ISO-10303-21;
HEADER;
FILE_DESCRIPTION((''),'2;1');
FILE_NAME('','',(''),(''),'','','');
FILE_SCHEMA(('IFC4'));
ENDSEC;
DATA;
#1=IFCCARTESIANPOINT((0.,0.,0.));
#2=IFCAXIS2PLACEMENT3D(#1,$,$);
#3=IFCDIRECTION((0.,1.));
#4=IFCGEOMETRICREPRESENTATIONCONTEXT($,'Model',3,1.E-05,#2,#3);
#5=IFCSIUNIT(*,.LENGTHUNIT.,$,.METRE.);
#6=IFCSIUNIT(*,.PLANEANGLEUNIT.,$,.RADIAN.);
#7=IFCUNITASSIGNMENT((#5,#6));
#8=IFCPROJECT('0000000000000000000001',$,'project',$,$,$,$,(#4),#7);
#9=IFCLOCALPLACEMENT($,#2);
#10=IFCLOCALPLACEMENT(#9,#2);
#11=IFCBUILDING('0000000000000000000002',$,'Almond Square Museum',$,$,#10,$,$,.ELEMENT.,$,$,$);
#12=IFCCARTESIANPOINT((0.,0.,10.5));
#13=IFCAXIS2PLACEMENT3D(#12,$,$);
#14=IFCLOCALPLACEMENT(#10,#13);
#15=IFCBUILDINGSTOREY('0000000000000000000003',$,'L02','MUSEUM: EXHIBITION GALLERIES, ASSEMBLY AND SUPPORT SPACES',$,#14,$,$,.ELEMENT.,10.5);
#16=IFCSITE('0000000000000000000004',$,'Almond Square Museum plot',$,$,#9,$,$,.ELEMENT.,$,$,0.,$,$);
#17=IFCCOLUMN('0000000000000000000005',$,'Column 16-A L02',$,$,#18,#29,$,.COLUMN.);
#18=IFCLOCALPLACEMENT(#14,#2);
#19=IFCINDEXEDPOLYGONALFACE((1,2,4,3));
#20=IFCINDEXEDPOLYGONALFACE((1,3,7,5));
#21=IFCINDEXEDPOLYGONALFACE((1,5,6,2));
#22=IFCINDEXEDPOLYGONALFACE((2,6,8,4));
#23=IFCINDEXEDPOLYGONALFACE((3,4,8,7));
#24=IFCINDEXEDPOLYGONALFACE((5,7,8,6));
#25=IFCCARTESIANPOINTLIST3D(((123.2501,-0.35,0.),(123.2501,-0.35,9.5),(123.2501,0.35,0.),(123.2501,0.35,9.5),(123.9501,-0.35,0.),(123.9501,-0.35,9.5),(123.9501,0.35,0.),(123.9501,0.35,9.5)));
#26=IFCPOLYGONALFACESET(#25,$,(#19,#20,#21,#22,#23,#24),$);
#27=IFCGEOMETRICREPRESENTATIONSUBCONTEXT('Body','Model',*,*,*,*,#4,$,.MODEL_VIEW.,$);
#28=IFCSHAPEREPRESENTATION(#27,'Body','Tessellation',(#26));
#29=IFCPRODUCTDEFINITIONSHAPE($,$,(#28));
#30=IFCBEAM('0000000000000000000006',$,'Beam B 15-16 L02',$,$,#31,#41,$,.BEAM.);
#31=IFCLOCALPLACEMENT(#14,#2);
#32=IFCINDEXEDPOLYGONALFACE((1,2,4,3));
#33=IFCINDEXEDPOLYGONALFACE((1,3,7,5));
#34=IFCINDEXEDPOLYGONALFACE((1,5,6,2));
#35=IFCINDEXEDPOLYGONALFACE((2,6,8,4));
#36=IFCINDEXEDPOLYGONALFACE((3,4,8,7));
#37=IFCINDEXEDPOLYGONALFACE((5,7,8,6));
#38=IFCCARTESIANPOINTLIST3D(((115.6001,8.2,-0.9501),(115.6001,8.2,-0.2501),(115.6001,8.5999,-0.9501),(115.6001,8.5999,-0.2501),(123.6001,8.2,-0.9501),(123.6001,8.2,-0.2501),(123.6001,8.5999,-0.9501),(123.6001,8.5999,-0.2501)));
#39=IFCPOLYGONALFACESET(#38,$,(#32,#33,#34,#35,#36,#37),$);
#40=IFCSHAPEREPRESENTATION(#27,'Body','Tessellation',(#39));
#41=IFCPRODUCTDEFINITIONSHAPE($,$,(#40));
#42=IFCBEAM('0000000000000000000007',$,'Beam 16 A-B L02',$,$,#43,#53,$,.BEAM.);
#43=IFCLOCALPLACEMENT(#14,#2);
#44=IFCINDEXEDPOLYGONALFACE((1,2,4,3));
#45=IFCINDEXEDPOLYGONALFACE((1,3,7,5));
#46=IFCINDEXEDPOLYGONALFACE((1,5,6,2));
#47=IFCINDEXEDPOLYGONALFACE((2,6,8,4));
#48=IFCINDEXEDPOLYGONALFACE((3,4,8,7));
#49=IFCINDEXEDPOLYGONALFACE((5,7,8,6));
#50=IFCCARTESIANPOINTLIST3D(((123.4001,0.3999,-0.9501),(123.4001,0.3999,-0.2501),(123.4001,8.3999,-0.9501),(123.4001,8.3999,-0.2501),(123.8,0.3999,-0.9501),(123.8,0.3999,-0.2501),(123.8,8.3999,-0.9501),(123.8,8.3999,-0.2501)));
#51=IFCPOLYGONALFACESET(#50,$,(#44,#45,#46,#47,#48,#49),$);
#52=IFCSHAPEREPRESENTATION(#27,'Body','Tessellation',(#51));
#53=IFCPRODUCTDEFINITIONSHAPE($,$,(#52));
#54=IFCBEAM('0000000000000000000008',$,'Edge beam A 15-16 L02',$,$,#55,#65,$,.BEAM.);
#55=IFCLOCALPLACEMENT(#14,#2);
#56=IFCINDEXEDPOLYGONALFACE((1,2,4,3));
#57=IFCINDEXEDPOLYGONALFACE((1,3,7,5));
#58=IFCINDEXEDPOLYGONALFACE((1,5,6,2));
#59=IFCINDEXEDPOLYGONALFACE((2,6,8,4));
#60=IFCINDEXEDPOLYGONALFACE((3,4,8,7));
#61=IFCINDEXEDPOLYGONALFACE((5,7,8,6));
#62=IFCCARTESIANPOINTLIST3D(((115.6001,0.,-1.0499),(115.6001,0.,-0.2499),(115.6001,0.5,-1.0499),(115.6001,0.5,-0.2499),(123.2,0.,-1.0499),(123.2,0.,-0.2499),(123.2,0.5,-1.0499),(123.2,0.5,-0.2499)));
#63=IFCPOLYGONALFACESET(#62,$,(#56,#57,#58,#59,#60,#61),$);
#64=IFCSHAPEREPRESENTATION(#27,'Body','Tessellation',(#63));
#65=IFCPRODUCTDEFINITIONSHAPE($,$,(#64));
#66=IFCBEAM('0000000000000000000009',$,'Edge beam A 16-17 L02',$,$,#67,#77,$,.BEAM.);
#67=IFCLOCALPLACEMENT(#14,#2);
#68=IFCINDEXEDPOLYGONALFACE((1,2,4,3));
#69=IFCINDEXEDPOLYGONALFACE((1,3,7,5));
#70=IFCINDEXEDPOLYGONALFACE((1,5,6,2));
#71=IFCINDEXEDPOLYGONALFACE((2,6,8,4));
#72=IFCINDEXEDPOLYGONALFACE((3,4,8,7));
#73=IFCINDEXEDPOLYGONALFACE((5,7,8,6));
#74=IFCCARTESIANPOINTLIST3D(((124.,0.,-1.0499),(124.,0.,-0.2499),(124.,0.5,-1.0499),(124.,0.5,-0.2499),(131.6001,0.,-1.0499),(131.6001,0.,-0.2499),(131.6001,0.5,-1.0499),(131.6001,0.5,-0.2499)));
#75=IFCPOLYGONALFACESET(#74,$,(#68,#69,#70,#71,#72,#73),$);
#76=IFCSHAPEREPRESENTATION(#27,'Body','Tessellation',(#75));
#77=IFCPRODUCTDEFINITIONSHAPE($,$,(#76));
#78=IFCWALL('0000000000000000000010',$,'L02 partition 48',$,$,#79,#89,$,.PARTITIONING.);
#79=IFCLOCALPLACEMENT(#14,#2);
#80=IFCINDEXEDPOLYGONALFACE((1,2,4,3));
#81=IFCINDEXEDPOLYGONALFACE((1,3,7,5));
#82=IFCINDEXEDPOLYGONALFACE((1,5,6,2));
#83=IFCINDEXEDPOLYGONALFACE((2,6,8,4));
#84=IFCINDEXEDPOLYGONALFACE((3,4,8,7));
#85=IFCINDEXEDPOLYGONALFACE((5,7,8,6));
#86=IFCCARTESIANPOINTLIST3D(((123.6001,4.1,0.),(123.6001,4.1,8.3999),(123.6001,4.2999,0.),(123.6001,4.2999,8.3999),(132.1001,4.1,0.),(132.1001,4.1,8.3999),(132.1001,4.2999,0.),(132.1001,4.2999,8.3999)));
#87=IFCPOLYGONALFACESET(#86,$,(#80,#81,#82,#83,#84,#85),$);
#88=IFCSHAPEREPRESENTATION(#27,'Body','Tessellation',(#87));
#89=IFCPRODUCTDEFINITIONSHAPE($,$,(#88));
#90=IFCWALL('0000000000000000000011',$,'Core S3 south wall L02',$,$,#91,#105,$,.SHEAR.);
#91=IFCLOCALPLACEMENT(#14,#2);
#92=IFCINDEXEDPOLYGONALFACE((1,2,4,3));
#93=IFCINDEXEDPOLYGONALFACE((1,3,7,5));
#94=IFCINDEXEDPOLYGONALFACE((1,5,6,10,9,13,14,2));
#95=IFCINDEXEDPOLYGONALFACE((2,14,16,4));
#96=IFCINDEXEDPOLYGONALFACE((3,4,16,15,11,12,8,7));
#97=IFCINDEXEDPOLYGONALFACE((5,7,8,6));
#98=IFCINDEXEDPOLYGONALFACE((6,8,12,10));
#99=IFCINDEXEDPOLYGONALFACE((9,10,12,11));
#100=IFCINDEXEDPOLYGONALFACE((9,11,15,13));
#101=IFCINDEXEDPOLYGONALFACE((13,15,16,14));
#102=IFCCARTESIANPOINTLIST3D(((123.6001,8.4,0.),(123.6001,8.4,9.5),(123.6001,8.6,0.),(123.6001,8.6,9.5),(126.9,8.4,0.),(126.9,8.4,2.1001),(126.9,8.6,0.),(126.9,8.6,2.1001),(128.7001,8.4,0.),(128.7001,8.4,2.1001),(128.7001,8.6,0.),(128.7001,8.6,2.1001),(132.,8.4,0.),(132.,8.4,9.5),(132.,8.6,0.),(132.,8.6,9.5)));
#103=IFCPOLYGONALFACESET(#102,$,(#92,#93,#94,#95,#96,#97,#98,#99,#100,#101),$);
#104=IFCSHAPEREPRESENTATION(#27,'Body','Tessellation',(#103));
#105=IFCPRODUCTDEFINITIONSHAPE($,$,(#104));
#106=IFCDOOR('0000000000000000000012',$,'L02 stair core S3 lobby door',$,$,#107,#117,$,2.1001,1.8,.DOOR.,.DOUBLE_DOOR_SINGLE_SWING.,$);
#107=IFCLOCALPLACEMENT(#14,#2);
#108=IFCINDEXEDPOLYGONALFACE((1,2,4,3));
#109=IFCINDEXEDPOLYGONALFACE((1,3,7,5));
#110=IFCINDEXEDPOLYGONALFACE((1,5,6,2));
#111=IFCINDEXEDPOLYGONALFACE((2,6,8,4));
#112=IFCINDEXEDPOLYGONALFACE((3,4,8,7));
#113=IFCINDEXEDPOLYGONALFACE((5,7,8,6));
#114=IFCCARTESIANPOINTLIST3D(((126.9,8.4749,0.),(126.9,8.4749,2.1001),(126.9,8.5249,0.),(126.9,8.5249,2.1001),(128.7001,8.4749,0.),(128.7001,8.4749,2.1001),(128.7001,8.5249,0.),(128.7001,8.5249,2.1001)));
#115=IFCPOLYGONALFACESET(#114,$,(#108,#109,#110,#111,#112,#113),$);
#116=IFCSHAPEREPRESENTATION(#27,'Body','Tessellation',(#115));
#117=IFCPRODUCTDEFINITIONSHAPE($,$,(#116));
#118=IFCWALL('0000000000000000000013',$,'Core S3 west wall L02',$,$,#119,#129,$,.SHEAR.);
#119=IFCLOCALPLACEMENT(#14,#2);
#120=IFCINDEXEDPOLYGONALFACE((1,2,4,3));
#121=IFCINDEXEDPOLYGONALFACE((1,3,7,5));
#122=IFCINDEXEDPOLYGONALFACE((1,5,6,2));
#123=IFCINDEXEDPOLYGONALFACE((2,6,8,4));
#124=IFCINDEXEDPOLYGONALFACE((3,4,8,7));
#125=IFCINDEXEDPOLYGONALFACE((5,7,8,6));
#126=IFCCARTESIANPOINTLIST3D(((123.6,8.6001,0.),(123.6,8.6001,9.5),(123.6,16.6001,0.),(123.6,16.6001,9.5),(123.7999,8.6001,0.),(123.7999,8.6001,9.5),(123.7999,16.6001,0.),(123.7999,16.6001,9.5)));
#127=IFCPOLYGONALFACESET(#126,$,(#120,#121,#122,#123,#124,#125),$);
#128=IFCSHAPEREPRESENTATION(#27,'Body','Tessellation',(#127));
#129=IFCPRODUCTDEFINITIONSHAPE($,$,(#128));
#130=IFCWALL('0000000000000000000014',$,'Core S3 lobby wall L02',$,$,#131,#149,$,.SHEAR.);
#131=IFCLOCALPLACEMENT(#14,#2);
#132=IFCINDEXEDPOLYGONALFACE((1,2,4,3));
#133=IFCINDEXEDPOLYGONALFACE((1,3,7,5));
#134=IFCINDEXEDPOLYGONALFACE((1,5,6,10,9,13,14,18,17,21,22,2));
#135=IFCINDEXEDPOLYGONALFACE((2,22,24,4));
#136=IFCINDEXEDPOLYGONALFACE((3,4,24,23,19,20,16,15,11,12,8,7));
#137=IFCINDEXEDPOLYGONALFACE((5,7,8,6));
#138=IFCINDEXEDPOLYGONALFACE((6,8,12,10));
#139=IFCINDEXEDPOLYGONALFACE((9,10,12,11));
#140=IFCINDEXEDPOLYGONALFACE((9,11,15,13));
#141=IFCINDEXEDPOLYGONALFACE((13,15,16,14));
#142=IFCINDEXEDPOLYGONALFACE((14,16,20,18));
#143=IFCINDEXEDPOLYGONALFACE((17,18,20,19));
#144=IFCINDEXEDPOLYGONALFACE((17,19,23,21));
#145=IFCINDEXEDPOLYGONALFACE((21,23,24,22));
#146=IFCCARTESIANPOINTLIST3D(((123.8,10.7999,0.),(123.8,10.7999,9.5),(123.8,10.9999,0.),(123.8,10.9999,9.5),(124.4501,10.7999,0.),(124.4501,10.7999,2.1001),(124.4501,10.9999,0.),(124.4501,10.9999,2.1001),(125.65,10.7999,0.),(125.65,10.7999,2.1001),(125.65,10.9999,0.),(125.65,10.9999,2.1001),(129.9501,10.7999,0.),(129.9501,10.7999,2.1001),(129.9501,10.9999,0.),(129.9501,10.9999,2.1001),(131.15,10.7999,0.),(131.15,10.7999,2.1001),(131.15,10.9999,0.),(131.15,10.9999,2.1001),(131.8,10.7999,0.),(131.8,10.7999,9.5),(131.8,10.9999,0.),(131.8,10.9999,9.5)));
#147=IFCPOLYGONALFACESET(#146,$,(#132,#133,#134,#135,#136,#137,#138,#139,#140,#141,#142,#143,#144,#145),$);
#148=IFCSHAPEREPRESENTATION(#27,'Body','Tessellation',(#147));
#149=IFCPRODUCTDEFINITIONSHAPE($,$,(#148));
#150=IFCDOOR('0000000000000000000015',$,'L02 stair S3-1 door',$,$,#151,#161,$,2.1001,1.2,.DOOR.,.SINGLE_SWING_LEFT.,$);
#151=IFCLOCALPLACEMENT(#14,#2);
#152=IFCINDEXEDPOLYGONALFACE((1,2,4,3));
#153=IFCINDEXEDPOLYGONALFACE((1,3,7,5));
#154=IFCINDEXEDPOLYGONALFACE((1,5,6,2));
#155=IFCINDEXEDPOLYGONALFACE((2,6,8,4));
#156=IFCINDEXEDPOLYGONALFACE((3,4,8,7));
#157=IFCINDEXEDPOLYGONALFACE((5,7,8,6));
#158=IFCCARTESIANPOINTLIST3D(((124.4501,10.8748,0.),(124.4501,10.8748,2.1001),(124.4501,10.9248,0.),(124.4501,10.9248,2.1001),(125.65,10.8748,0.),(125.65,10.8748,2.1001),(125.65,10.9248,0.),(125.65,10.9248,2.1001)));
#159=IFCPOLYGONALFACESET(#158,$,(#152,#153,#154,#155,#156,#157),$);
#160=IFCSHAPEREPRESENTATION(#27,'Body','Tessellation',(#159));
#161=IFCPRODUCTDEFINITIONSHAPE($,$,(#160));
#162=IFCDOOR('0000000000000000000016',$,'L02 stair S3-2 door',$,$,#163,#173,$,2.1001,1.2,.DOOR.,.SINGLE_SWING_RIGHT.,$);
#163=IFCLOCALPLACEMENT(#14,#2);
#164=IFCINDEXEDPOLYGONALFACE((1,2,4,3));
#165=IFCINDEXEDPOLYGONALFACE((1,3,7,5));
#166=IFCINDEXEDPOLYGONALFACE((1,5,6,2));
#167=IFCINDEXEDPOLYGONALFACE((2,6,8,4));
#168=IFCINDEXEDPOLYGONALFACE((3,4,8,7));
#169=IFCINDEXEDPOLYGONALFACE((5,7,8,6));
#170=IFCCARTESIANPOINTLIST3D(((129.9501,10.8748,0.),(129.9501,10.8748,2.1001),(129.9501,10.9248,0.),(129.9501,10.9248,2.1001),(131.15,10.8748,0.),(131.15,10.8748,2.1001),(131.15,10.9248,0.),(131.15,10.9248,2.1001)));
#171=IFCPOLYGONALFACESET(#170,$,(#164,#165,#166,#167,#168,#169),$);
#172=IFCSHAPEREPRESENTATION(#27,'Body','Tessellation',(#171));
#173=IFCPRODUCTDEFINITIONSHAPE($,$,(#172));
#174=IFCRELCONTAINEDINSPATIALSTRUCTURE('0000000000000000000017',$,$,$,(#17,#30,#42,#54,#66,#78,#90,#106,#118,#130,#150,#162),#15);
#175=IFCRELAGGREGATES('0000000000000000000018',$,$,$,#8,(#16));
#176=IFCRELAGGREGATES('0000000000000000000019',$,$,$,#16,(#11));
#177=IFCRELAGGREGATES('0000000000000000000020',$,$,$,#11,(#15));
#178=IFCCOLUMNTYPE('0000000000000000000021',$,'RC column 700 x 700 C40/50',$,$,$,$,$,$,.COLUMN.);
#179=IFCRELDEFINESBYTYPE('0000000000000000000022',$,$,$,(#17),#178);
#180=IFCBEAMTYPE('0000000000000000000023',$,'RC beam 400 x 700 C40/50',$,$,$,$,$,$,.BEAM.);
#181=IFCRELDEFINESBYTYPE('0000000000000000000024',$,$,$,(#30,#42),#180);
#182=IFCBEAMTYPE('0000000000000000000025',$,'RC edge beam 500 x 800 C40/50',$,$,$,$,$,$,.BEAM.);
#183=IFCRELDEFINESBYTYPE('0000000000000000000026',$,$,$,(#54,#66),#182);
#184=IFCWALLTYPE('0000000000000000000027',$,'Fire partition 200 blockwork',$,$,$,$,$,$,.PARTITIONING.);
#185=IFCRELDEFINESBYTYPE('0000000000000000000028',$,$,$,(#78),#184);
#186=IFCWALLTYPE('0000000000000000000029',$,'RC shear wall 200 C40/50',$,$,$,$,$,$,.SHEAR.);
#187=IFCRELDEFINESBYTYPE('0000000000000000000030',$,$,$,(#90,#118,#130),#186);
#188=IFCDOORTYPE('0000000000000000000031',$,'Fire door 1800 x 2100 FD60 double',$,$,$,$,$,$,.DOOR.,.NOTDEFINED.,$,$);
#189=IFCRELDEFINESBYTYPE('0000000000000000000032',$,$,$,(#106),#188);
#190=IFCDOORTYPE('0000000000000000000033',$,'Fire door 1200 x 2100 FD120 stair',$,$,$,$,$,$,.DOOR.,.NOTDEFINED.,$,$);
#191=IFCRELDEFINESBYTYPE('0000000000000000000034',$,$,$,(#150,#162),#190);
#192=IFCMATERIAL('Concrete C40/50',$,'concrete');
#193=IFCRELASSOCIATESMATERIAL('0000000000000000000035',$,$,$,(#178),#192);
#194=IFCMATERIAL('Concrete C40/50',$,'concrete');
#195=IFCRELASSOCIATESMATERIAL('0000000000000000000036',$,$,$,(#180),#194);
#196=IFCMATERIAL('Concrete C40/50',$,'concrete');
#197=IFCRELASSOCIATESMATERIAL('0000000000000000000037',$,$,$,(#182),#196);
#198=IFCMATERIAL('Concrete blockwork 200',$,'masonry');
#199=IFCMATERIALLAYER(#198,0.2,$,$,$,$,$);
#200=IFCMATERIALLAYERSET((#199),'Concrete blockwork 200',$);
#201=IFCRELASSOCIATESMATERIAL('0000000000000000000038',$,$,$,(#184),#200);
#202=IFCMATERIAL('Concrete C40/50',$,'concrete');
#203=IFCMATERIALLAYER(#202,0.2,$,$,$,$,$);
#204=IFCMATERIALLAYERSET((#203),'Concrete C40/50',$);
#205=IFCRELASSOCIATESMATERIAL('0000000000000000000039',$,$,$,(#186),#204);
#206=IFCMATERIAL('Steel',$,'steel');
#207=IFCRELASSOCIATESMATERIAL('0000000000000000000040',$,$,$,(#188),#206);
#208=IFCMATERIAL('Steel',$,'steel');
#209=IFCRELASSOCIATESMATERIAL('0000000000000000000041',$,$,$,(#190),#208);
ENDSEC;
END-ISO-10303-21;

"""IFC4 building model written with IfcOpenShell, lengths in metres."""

from ifc_helpers import new_model, si_unit, direction, frame, frame_2d, origin, origin_2d, place, context, subcontext, project, spatial, rectangle, extrude, material, layer, layer_set, material_profile, profile_set, type_object, element, fill, save


model = new_model("IFC4")

# Units and contexts
model_context = context("Model", 3, precision=1e-05, world=origin(), true_north=direction((0.0, 1.0)))
body_context = subcontext(model_context, "Body", "Model", "MODEL_VIEW")
ifc_project = project(units=[si_unit("LENGTHUNIT", "METRE"), si_unit("PLANEANGLEUNIT", "RADIAN")], contexts=[model_context])

# Site, building, storey
site_placement = place(None, origin())
site = spatial("IfcSite", under=ifc_project, at=site_placement, Name="Almond Square Museum plot", CompositionType="ELEMENT", RefElevation=0.0)
building_placement = place(site_placement, origin())
building = spatial("IfcBuilding", under=site, at=building_placement, Name="Almond Square Museum", CompositionType="ELEMENT")
storey_placement = place(building_placement, frame((0.0, 0.0, 10.5)))
storey = spatial("IfcBuildingStorey", under=building, at=storey_placement, Name="L02", Description="MUSEUM: EXHIBITION GALLERIES, ASSEMBLY AND SUPPORT SPACES", CompositionType="ELEMENT", Elevation=10.5)

# Column
ifc_material_1 = material(Name="Concrete C40/50", Category="concrete")
ifc_material_profile_1 = material_profile(ifc_material_1, rectangle(XDim=0.7, YDim=0.7, at=origin_2d()))
ifc_profile_set_1 = profile_set([ifc_material_profile_1], Name="Concrete C40/50")
column_type = type_object("IfcColumnType", Name="RC column 700 x 700 C40/50", PredefinedType="COLUMN", material=ifc_profile_set_1)
column_placement = place(storey_placement, frame((123.6001, 0.0, 0.0), z_axis=(0.0, 0.0, 1.0), x_axis=(1.0, 0.0, 0.0)))
element("IfcColumn", 1, at=column_placement, inside=storey, type_object=column_type, Name="Column 16-A L02", PredefinedType="COLUMN", context=body_context, shape_type="SweptSolid", body=[
    extrude(rectangle(XDim=0.7, YDim=0.7, at=origin_2d()), origin(), (0.0, 0.0, 1.0), 9.5),
])

# Beams
ifc_material_2 = material(Name="Concrete C40/50", Category="concrete")
ifc_material_profile_2 = material_profile(ifc_material_2, rectangle(XDim=0.3999, YDim=0.7, at=origin_2d()))
ifc_profile_set_2 = profile_set([ifc_material_profile_2], Name="Concrete C40/50")
beam_type_1 = type_object("IfcBeamType", Name="RC beam 400 x 700 C40/50", PredefinedType="BEAM", material=ifc_profile_set_2)
for number, where, z_axis, x_axis, name in (
    (2, (115.6001, 8.3999, -0.6001), (1.0, 0.0, 0.0), (0.0, 1.0, 0.0), "Beam B 15-16 L02"),
    (3, (123.6001, 0.3999, -0.6001), (0.0, 1.0, 0.0), (-1.0, 0.0, 0.0), "Beam 16 A-B L02"),
):
    element("IfcBeam", number, at=place(storey_placement, frame(where, z_axis=z_axis, x_axis=x_axis)), inside=storey, type_object=beam_type_1, Name=name, PredefinedType="BEAM", context=body_context, shape_type="SweptSolid", body=[
        extrude(rectangle(XDim=0.3999, YDim=0.7, at=origin_2d()), origin(), (0.0, 0.0, 1.0), 8.0),
    ])
ifc_material_3 = material(Name="Concrete C40/50", Category="concrete")
ifc_material_profile_3 = material_profile(ifc_material_3, rectangle(XDim=0.5, YDim=0.8, at=origin_2d()))
ifc_profile_set_3 = profile_set([ifc_material_profile_3], Name="Concrete C40/50")
beam_type_2 = type_object("IfcBeamType", Name="RC edge beam 500 x 800 C40/50", PredefinedType="BEAM", material=ifc_profile_set_3)
beam_1_placement = place(storey_placement, frame((115.6001, 0.25, -0.6499), z_axis=(1.0, 0.0, 0.0), x_axis=(0.0, 1.0, 0.0)))
element("IfcBeam", 4, at=beam_1_placement, inside=storey, type_object=beam_type_2, Name="Edge beam A 15-16 L02", PredefinedType="BEAM", context=body_context, shape_type="SweptSolid", body=[
    extrude(rectangle(XDim=0.5, YDim=0.8, at=origin_2d()), origin(), (0.0, 0.0, 1.0), 7.5999),
])
beam_2_placement = place(storey_placement, frame((124.0, 0.25, -0.6499), z_axis=(1.0, 0.0, 0.0), x_axis=(0.0, 1.0, 0.0)))
element("IfcBeam", 5, at=beam_2_placement, inside=storey, type_object=beam_type_2, Name="Edge beam A 16-17 L02", PredefinedType="BEAM", context=body_context, shape_type="SweptSolid", body=[
    extrude(rectangle(XDim=0.5, YDim=0.8, at=origin_2d()), origin(), (0.0, 0.0, 1.0), 7.6001),
])

# Wall
ifc_material_4 = material(Name="Concrete blockwork 200", Category="masonry")
ifc_layer_1 = layer(ifc_material_4, 0.2)
ifc_layer_set_1 = layer_set([ifc_layer_1], Name="Concrete blockwork 200")
wall_type_1 = type_object("IfcWallType", Name="Fire partition 200 blockwork", PredefinedType="PARTITIONING", material=ifc_layer_set_1)
wall_1_placement = place(storey_placement, frame((123.6001, 4.2, 0.0), z_axis=(0.0, 0.0, 1.0), x_axis=(1.0, 0.0, 0.0)))
element("IfcWall", 6, at=wall_1_placement, inside=storey, type_object=wall_type_1, Name="L02 partition 48", PredefinedType="PARTITIONING", context=body_context, shape_type="SweptSolid", body=[
    extrude(rectangle(XDim=8.5, YDim=0.2, at=frame_2d((4.25, 0.0))), origin(), (0.0, 0.0, 1.0), 8.3999),
])

# Wall, opening, door
ifc_material_5 = material(Name="Concrete C40/50", Category="concrete")
ifc_layer_2 = layer(ifc_material_5, 0.2)
ifc_layer_set_2 = layer_set([ifc_layer_2], Name="Concrete C40/50")
wall_type_2 = type_object("IfcWallType", Name="RC shear wall 200 C40/50", PredefinedType="SHEAR", material=ifc_layer_set_2)
wall_2_placement = place(storey_placement, frame((123.6001, 8.5, 0.0), z_axis=(0.0, 0.0, 1.0), x_axis=(1.0, 0.0, 0.0)))
wall_2 = element("IfcWall", 7, at=wall_2_placement, inside=storey, type_object=wall_type_2, Name="Core S3 south wall L02", PredefinedType="SHEAR", context=body_context, shape_type="SweptSolid", body=[
    extrude(rectangle(XDim=8.3999, YDim=0.2, at=frame_2d((4.2, 0.0))), origin(), (0.0, 0.0, 1.0), 9.5),
])
opening_1_placement = place(wall_2_placement, frame((3.3, 0.0, 0.0)))
opening_1 = element("IfcOpeningElement", 8, at=opening_1_placement, cuts=wall_2, PredefinedType="OPENING", context=body_context, shape_type="SweptSolid", body=[
    extrude(rectangle(XDim=1.8, YDim=2.1001, at=frame_2d((0.8999, 1.05))), frame((0.0, 0.1099, 0.0), z_axis=(0.0, -1.0, 0.0), x_axis=(1.0, 0.0, 0.0)), (0.0, 0.0, 1.0), 0.22),
])
ifc_material_6 = material(Name="Steel", Category="steel")
door_type_1 = type_object("IfcDoorType", Name="Fire door 1800 x 2100 FD60 double", OperationType="NOTDEFINED", PredefinedType="DOOR", material=ifc_material_6)
door_1_placement = place(opening_1_placement, origin())
door_1 = element("IfcDoor", 9, at=door_1_placement, inside=storey, type_object=door_type_1, Name="L02 stair core S3 lobby door", OperationType="DOUBLE_DOOR_SINGLE_SWING", OverallHeight=2.1001, OverallWidth=1.8, PredefinedType="DOOR", context=body_context, shape_type="SweptSolid", body=[
    extrude(rectangle(XDim=1.8, YDim=2.1001, at=frame_2d((0.8999, 1.05))), frame((0.0, 0.0249, 0.0), z_axis=(0.0, -1.0, 0.0), x_axis=(1.0, 0.0, 0.0)), (0.0, 0.0, 1.0), 0.05),
])
fill(opening_1, door_1)

# Wall
wall_3_placement = place(storey_placement, frame((123.7, 8.6001, 0.0), z_axis=(0.0, 0.0, 1.0), x_axis=(0.0, 1.0, 0.0)))
element("IfcWall", 10, at=wall_3_placement, inside=storey, type_object=wall_type_2, Name="Core S3 west wall L02", PredefinedType="SHEAR", context=body_context, shape_type="SweptSolid", body=[
    extrude(rectangle(XDim=8.0, YDim=0.2, at=frame_2d((4.0, 0.0))), origin(), (0.0, 0.0, 1.0), 9.5),
])

# Wall, openings, doors
wall_4_placement = place(storey_placement, frame((123.8, 10.8999, 0.0), z_axis=(0.0, 0.0, 1.0), x_axis=(1.0, 0.0, 0.0)))
wall_4 = element("IfcWall", 11, at=wall_4_placement, inside=storey, type_object=wall_type_2, Name="Core S3 lobby wall L02", PredefinedType="SHEAR", context=body_context, shape_type="SweptSolid", body=[
    extrude(rectangle(XDim=8.0, YDim=0.2, at=frame_2d((4.0, 0.0))), origin(), (0.0, 0.0, 1.0), 9.5),
])
opening_2_placement = place(wall_4_placement, frame((0.6499, 0.0, 0.0)))
opening_2 = element("IfcOpeningElement", 12, at=opening_2_placement, cuts=wall_4, PredefinedType="OPENING", context=body_context, shape_type="SweptSolid", body=[
    extrude(rectangle(XDim=1.2, YDim=2.1001, at=frame_2d((0.6001, 1.05))), frame((0.0, 0.1099, 0.0), z_axis=(0.0, -1.0, 0.0), x_axis=(1.0, 0.0, 0.0)), (0.0, 0.0, 1.0), 0.22),
])
opening_3_placement = place(wall_4_placement, frame((6.1499, 0.0, 0.0)))
opening_3 = element("IfcOpeningElement", 13, at=opening_3_placement, cuts=wall_4, PredefinedType="OPENING", context=body_context, shape_type="SweptSolid", body=[
    extrude(rectangle(XDim=1.2, YDim=2.1001, at=frame_2d((0.6001, 1.05))), frame((0.0, 0.1099, 0.0), z_axis=(0.0, -1.0, 0.0), x_axis=(1.0, 0.0, 0.0)), (0.0, 0.0, 1.0), 0.22),
])
ifc_material_7 = material(Name="Steel", Category="steel")
door_type_2 = type_object("IfcDoorType", Name="Fire door 1200 x 2100 FD120 stair", OperationType="NOTDEFINED", PredefinedType="DOOR", material=ifc_material_7)
door_2_placement = place(opening_2_placement, origin())
door_2 = element("IfcDoor", 14, at=door_2_placement, inside=storey, type_object=door_type_2, Name="L02 stair S3-1 door", OperationType="SINGLE_SWING_LEFT", OverallHeight=2.1001, OverallWidth=1.2, PredefinedType="DOOR", context=body_context, shape_type="SweptSolid", body=[
    extrude(rectangle(XDim=1.2, YDim=2.1001, at=frame_2d((0.6001, 1.05))), frame((0.0, 0.0249, 0.0), z_axis=(0.0, -1.0, 0.0), x_axis=(1.0, 0.0, 0.0)), (0.0, 0.0, 1.0), 0.05),
])
fill(opening_2, door_2)
door_3_placement = place(opening_3_placement, origin())
door_3 = element("IfcDoor", 15, at=door_3_placement, inside=storey, type_object=door_type_2, Name="L02 stair S3-2 door", OperationType="SINGLE_SWING_RIGHT", OverallHeight=2.1001, OverallWidth=1.2, PredefinedType="DOOR", context=body_context, shape_type="SweptSolid", body=[
    extrude(rectangle(XDim=1.2, YDim=2.1001, at=frame_2d((0.6001, 1.05))), frame((0.0, 0.0249, 0.0), z_axis=(0.0, -1.0, 0.0), x_axis=(1.0, 0.0, 0.0)), (0.0, 0.0, 1.0), 0.05),
])
fill(opening_3, door_3)

save(model, "model.ifc")
